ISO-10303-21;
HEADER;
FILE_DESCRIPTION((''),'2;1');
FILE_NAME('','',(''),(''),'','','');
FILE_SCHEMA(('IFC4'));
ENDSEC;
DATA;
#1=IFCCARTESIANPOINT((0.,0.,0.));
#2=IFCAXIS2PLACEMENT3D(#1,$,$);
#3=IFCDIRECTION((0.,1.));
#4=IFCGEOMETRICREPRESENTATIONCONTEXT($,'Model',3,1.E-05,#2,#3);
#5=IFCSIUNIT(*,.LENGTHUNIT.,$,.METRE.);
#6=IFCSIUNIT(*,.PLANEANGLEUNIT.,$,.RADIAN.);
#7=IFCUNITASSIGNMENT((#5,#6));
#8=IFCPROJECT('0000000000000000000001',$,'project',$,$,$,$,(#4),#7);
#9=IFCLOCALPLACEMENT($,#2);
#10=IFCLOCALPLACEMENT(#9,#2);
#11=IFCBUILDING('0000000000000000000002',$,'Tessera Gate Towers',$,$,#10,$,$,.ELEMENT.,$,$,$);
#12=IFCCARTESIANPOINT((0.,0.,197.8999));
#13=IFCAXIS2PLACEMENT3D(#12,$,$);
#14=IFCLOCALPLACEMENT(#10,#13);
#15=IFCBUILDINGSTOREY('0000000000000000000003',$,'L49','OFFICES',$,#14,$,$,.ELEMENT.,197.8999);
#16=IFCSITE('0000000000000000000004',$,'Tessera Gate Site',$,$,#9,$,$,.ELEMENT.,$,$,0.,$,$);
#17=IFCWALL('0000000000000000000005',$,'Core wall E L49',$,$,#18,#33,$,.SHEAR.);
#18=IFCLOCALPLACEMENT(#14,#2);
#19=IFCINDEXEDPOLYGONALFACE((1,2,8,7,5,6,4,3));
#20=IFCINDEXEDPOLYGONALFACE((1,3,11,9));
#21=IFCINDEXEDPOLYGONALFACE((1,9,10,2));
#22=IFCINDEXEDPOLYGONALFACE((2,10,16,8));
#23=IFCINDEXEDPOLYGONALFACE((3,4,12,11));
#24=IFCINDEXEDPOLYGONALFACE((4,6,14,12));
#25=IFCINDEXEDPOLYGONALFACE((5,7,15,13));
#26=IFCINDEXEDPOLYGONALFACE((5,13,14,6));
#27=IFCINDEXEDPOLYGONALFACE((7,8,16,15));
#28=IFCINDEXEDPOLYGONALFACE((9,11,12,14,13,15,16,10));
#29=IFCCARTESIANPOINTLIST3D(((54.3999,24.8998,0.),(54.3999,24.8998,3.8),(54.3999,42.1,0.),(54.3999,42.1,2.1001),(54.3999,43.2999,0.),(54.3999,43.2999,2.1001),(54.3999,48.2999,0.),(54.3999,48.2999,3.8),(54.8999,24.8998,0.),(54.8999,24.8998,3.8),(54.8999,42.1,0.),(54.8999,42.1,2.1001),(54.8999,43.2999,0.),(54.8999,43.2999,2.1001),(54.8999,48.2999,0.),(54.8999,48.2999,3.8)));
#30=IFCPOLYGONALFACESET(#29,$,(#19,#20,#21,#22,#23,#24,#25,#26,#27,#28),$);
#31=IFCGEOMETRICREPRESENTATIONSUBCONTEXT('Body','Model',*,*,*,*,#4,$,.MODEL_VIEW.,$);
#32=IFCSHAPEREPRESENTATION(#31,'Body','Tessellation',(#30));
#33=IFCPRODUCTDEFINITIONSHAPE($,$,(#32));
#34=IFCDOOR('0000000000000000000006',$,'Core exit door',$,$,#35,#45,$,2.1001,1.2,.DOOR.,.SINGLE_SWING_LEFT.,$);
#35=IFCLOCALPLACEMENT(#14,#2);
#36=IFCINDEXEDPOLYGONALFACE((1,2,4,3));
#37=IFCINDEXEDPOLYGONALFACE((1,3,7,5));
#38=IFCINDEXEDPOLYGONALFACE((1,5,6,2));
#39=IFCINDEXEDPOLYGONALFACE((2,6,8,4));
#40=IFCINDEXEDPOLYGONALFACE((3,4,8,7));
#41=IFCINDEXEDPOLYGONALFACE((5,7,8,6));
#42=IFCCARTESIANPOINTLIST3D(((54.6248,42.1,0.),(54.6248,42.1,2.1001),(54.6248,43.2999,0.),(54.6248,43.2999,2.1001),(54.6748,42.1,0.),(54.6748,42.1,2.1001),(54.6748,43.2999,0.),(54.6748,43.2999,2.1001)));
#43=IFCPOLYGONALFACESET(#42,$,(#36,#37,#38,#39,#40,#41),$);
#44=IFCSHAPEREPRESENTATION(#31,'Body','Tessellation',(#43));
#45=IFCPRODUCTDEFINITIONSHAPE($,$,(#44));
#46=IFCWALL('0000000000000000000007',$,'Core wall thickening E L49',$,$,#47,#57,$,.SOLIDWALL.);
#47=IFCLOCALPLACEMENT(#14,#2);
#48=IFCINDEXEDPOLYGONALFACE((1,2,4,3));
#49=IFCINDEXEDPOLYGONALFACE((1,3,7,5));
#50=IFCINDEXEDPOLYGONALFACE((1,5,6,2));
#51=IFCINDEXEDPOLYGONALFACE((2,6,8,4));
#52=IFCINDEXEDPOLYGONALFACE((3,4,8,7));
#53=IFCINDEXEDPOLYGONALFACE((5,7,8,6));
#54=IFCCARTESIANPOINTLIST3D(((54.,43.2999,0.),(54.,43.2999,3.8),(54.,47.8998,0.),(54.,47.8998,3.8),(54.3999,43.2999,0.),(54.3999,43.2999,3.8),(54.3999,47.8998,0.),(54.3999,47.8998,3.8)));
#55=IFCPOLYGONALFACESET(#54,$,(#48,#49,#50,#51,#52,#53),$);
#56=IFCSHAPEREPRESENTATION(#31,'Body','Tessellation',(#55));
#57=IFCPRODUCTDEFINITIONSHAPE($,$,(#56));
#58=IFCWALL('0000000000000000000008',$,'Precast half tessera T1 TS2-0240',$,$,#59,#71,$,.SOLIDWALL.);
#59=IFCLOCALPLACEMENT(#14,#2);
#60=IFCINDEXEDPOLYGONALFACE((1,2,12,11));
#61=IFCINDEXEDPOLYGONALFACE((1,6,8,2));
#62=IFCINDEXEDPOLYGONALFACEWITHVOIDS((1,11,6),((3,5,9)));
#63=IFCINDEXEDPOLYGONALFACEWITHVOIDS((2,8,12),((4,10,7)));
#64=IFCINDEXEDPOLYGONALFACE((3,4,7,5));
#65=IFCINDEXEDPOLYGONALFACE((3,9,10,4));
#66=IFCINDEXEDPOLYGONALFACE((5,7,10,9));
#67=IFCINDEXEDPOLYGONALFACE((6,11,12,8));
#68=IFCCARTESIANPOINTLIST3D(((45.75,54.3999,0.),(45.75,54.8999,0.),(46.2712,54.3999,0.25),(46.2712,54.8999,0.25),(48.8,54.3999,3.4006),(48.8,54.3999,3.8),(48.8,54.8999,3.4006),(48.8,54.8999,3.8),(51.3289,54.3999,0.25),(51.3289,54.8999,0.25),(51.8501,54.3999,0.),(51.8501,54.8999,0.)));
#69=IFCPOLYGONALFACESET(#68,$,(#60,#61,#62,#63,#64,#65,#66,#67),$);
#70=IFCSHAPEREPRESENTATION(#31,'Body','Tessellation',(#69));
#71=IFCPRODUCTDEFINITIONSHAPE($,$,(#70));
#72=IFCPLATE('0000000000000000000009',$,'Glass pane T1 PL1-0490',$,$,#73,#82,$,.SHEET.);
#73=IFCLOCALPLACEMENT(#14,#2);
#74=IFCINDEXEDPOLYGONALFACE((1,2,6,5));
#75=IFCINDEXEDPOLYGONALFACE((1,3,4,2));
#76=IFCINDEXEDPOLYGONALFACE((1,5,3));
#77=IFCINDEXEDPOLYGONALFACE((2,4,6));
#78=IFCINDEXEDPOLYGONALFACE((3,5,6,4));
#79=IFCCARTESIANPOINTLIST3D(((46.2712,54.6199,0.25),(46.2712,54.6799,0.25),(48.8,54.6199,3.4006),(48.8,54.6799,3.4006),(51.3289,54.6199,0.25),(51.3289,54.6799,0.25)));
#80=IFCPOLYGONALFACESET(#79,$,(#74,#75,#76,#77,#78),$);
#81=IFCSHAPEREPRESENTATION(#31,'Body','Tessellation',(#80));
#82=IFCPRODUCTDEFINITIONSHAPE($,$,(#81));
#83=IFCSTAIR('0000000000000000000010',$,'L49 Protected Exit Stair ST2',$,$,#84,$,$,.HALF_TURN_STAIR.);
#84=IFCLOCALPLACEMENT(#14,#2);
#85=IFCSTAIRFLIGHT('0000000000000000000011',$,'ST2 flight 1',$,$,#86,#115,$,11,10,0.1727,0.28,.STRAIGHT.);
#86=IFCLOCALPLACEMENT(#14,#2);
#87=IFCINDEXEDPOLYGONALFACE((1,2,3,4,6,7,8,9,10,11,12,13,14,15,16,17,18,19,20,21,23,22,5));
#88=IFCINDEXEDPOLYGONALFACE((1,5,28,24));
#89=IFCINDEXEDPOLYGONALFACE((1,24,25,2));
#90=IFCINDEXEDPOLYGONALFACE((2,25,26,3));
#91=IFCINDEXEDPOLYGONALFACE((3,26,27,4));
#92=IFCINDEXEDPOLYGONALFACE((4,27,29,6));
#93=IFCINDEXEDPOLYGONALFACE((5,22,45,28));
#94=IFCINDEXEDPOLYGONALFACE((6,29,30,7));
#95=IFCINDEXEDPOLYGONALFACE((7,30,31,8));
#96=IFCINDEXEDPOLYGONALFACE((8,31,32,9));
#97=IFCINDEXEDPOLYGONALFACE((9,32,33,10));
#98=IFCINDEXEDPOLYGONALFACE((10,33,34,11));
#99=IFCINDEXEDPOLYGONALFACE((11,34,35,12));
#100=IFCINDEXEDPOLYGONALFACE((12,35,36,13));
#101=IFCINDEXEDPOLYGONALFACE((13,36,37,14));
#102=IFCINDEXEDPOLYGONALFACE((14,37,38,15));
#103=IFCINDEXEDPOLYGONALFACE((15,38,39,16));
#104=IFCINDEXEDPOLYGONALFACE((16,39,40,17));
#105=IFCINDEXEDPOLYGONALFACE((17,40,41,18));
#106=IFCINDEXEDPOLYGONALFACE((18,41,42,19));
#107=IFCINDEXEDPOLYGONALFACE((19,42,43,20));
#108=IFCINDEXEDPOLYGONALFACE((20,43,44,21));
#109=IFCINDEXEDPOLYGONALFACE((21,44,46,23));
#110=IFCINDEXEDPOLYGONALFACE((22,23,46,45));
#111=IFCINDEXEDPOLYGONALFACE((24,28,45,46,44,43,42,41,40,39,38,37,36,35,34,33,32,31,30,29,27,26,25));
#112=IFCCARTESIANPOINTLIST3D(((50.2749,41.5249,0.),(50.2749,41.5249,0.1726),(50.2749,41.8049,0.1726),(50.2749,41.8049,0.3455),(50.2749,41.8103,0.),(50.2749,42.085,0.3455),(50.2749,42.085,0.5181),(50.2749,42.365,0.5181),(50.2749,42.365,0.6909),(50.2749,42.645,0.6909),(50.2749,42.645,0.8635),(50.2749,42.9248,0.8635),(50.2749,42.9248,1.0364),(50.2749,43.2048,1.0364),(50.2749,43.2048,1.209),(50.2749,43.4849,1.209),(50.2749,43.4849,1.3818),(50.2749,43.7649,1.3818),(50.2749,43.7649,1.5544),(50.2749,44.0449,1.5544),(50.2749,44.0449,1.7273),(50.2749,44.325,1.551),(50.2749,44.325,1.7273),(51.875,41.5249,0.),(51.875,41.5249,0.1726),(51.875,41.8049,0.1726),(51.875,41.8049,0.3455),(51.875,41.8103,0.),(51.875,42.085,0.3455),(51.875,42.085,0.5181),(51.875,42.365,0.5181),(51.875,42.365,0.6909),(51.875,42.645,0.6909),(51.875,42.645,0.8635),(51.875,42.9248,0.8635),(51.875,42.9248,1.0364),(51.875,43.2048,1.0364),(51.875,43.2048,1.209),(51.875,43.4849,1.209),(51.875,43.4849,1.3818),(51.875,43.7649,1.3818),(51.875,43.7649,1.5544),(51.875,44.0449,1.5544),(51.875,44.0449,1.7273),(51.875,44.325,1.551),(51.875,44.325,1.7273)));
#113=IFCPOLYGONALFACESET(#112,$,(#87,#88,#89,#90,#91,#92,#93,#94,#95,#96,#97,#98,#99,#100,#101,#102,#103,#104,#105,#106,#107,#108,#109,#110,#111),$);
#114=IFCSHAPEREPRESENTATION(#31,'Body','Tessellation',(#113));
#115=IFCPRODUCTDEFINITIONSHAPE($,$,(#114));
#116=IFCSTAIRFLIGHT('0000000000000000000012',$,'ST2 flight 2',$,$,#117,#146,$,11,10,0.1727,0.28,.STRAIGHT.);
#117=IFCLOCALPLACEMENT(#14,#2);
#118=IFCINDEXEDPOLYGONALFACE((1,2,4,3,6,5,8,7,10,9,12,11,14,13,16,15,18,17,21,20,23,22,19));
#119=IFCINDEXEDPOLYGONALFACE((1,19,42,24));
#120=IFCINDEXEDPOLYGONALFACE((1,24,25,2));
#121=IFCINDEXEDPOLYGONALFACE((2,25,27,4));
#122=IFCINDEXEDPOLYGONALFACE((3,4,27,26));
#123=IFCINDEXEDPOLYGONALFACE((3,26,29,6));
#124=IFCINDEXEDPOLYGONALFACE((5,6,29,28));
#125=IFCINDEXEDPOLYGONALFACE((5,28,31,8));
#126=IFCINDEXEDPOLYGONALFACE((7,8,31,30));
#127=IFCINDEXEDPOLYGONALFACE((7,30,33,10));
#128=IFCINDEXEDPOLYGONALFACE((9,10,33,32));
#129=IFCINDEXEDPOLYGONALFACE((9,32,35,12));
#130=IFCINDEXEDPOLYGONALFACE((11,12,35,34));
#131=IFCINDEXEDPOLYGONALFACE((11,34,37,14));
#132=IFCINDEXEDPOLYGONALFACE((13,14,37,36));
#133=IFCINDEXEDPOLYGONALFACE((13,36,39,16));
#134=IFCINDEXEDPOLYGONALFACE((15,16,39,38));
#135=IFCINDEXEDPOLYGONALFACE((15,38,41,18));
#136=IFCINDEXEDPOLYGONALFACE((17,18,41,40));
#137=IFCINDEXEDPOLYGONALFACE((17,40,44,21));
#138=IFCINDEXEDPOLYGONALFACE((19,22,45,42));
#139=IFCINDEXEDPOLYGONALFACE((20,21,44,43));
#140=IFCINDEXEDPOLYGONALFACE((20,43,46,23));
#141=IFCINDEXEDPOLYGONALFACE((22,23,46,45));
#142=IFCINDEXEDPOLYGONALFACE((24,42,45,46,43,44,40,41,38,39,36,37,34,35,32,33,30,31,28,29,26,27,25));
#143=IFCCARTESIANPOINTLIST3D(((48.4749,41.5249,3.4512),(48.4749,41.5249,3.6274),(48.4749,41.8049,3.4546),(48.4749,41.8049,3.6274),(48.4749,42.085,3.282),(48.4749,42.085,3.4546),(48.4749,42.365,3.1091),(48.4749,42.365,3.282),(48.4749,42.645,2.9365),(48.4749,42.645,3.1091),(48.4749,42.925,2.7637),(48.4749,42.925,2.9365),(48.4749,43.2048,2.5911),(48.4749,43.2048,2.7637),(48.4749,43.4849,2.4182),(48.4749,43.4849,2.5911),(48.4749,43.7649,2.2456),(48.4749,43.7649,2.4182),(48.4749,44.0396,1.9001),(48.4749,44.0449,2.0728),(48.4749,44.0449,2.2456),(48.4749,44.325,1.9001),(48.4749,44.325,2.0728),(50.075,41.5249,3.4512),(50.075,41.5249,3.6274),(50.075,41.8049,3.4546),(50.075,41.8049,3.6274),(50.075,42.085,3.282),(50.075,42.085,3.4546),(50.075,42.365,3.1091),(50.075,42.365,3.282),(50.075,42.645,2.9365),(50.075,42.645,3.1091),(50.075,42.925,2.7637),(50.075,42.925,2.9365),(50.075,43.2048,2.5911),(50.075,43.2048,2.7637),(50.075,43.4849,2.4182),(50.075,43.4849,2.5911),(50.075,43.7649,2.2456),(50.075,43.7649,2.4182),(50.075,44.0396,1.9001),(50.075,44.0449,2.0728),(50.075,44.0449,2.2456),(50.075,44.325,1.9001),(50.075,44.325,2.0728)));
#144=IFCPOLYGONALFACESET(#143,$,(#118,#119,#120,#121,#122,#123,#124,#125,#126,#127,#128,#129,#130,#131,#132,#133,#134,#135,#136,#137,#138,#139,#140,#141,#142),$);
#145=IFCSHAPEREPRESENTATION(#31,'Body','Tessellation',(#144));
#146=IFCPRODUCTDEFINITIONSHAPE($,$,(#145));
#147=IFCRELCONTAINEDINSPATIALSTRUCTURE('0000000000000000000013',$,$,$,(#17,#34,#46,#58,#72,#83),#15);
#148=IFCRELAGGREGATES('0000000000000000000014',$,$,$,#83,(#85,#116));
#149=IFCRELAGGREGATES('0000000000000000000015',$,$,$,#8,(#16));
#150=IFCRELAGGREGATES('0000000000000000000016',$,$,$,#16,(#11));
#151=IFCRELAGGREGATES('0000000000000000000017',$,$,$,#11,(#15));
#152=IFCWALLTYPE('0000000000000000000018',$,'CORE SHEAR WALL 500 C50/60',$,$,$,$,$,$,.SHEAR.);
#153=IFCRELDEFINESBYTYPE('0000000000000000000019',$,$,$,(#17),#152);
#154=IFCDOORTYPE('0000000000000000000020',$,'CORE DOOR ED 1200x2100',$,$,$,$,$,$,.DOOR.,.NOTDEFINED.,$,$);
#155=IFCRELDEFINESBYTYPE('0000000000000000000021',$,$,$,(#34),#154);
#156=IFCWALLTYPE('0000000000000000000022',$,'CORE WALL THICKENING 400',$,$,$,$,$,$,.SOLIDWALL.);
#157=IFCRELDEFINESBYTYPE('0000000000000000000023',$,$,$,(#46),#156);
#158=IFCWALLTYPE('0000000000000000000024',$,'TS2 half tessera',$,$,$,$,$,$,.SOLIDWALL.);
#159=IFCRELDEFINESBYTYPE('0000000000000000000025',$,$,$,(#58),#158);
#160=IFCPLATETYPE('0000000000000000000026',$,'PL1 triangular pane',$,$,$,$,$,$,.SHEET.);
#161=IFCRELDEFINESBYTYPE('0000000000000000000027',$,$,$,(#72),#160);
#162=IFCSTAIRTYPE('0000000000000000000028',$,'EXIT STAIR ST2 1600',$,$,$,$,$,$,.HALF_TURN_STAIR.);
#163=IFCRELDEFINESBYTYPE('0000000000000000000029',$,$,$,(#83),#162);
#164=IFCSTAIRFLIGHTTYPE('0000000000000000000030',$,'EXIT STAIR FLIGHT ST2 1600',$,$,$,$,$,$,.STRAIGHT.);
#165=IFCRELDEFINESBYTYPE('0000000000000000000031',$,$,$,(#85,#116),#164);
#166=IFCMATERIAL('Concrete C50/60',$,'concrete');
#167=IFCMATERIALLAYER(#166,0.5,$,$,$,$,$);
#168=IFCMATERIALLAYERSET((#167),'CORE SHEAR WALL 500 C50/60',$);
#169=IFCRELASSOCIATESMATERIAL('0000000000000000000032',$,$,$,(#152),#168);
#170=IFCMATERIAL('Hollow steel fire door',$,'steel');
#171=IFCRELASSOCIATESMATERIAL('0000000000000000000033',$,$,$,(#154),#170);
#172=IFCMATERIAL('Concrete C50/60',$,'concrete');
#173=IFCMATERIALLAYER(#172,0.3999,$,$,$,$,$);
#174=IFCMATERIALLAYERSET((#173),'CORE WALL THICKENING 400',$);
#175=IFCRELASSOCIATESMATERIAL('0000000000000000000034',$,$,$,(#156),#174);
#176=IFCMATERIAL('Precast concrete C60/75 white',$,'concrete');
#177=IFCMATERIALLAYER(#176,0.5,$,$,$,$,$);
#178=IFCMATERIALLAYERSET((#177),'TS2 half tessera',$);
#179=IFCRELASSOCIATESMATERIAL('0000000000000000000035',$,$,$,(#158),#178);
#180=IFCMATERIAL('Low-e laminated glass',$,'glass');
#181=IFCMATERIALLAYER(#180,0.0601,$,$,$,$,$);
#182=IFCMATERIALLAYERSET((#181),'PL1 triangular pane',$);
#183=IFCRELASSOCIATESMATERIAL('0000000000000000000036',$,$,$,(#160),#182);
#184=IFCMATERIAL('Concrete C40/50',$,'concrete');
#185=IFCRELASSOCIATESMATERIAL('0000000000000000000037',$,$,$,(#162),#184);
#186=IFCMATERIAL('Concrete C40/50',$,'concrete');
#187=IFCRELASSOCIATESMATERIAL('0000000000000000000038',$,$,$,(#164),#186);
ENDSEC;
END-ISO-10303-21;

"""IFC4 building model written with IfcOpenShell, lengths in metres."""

from ifc_helpers import new_model, si_unit, direction, frame, frame_2d, origin, place, context, subcontext, project, spatial, polyline, rectangle, outline, extrude, source, transform, mapped, material, layer, layer_set, type_object, element, fill, aggregate, save


model = new_model("IFC4")

# Units and contexts
model_context = context("Model", 3, precision=1e-05, world=origin(), true_north=direction((0.0, 1.0)))
body_context = subcontext(model_context, "Body", "Model", "MODEL_VIEW")
ifc_project = project(units=[si_unit("LENGTHUNIT", "METRE"), si_unit("PLANEANGLEUNIT", "RADIAN")], contexts=[model_context])

# Site, building, storey
site_placement = place(None, origin())
site = spatial("IfcSite", under=ifc_project, at=site_placement, Name="Tessera Gate Site", CompositionType="ELEMENT", RefElevation=0.0)
building_placement = place(site_placement, origin())
building = spatial("IfcBuilding", under=site, at=building_placement, Name="Tessera Gate Towers", CompositionType="ELEMENT")
storey_placement = place(building_placement, frame((0.0, 0.0, 197.8999)))
storey = spatial("IfcBuildingStorey", under=building, at=storey_placement, Name="L49", Description="OFFICES", CompositionType="ELEMENT", Elevation=197.8999)

# Shared definitions
shared_shape_1 = source(origin(), body_context, "Body", "SweptSolid", [
    extrude(rectangle(XDim=1.2, YDim=2.1001, at=frame_2d((0.6001, 1.05))), frame((0.0, 0.0249, 0.0), z_axis=(0.0, -1.0, 0.0), x_axis=(1.0, 0.0, 0.0)), (0.0, 0.0, 1.0), 0.05),
])

# Wall, opening, door
ifc_material_1 = material(Name="Concrete C50/60", Category="concrete")
ifc_layer_1 = layer(ifc_material_1, 0.5)
ifc_layer_set_1 = layer_set([ifc_layer_1], Name="CORE SHEAR WALL 500 C50/60")
wall_type_1 = type_object("IfcWallType", Name="CORE SHEAR WALL 500 C50/60", PredefinedType="SHEAR", material=ifc_layer_set_1)
wall_1_placement = place(storey_placement, frame((54.6499, 48.3, 0.0), z_axis=(0.0, 0.0, 1.0), x_axis=(0.0, -1.0, 0.0)))
wall_1 = element("IfcWall", 1, at=wall_1_placement, inside=storey, type_object=wall_type_1, Name="Core wall E L49", PredefinedType="SHEAR", context=body_context, shape_type="SweptSolid", body=[
    extrude(rectangle(XDim=23.4001, YDim=0.5, at=frame_2d((11.7002, 0.0))), origin(), (0.0, 0.0, 1.0), 3.8),
])
shared_shape_2 = source(origin(), body_context, "Body", "SweptSolid", [
    extrude(rectangle(XDim=1.2, YDim=2.1001, at=frame_2d((0.6001, 1.05))), frame((0.0, 0.26, 0.0), z_axis=(0.0, -1.0, 0.0), x_axis=(1.0, 0.0, 0.0)), (0.0, 0.0, 1.0), 0.52),
])
opening_1_placement = place(wall_1_placement, frame((5.0, 0.0, 0.0)))
opening_1 = element("IfcOpeningElement", 2, at=opening_1_placement, cuts=wall_1, PredefinedType="OPENING", context=body_context, shape_type="MappedRepresentation", body=[
    mapped(shared_shape_2, transform((0.0, 0.0, 0.0), scale=1.0)),
])
ifc_material_2 = material(Name="Hollow steel fire door", Category="steel")
door_type_1 = type_object("IfcDoorType", Name="CORE DOOR ED 1200x2100", OperationType="NOTDEFINED", PredefinedType="DOOR", material=ifc_material_2)
door_1_placement = place(opening_1_placement, origin())
door_1 = element("IfcDoor", 3, at=door_1_placement, inside=storey, type_object=door_type_1, Name="Core exit door", OperationType="SINGLE_SWING_LEFT", OverallHeight=2.1001, OverallWidth=1.2, PredefinedType="DOOR", context=body_context, shape_type="MappedRepresentation", body=[
    mapped(shared_shape_1, transform((0.0, 0.0, 0.0), scale=1.0)),
])
fill(opening_1, door_1)

# Wall
ifc_material_3 = material(Name="Concrete C50/60", Category="concrete")
ifc_layer_2 = layer(ifc_material_3, 0.3999)
ifc_layer_set_2 = layer_set([ifc_layer_2], Name="CORE WALL THICKENING 400")
wall_type_2 = type_object("IfcWallType", Name="CORE WALL THICKENING 400", PredefinedType="SOLIDWALL", material=ifc_layer_set_2)
wall_2_placement = place(storey_placement, frame((54.2, 43.3, 0.0), z_axis=(0.0, 0.0, 1.0), x_axis=(0.0, 1.0, 0.0)))
element("IfcWall", 4, at=wall_2_placement, inside=storey, type_object=wall_type_2, Name="Core wall thickening E L49", PredefinedType="SOLIDWALL", context=body_context, shape_type="SweptSolid", body=[
    extrude(rectangle(XDim=4.5999, YDim=0.3999, at=frame_2d((2.2998, 0.0))), origin(), (0.0, 0.0, 1.0), 3.8),
])

# Wall, opening, plate
ifc_material_4 = material(Name="Precast concrete C60/75 white", Category="concrete")
ifc_layer_3 = layer(ifc_material_4, 0.5)
ifc_layer_set_3 = layer_set([ifc_layer_3], Name="TS2 half tessera")
wall_type_3 = type_object("IfcWallType", Name="TS2 half tessera", PredefinedType="SOLIDWALL", material=ifc_layer_set_3)
shared_shape_3 = source(origin(), body_context, "Body", "SweptSolid", [
    extrude(outline(polyline([(6.1001, 0.0), (3.05, 3.8), (0.0, 0.0), (6.1001, 0.0)])), frame((0.0, 0.25, 0.0), z_axis=(0.0, -1.0, 0.0), x_axis=(1.0, 0.0, 0.0)), (0.0, 0.0, 1.0), 0.5),
])
wall_3_placement = place(storey_placement, frame((51.8501, 54.6499, 0.0), z_axis=(0.0, 0.0, 1.0), x_axis=(-1.0, 0.0, 0.0)))
wall_3 = element("IfcWall", 5, at=wall_3_placement, inside=storey, type_object=wall_type_3, Name="Precast half tessera T1 TS2-0240", PredefinedType="SOLIDWALL", context=body_context, shape_type="MappedRepresentation", body=[
    mapped(shared_shape_3, transform((0.0, 0.0, 0.0), scale=1.0)),
])
shared_shape_4 = source(origin(), body_context, "Body", "SweptSolid", [
    extrude(outline(polyline([(5.5789, 0.25), (3.05, 3.4006), (0.5212, 0.25), (5.5789, 0.25)])), frame((0.0, 0.26, 0.0), z_axis=(0.0, -1.0, 0.0), x_axis=(1.0, 0.0, 0.0)), (0.0, 0.0, 1.0), 0.52),
])
opening_2_placement = place(wall_3_placement, origin())
opening_2 = element("IfcOpeningElement", 6, at=opening_2_placement, cuts=wall_3, PredefinedType="OPENING", context=body_context, shape_type="MappedRepresentation", body=[
    mapped(shared_shape_4, transform((0.0, 0.0, 0.0), scale=1.0)),
])
ifc_material_5 = material(Name="Low-e laminated glass", Category="glass")
ifc_layer_4 = layer(ifc_material_5, 0.0601)
ifc_layer_set_4 = layer_set([ifc_layer_4], Name="PL1 triangular pane")
plate_type = type_object("IfcPlateType", Name="PL1 triangular pane", PredefinedType="SHEET", material=ifc_layer_set_4)
shared_shape_5 = source(origin(), body_context, "Body", "SweptSolid", [
    extrude(outline(polyline([(5.5789, 0.25), (3.05, 3.4006), (0.5212, 0.25), (5.5789, 0.25)])), frame((0.0, 0.03, 0.0), z_axis=(0.0, -1.0, 0.0), x_axis=(1.0, 0.0, 0.0)), (0.0, 0.0, 1.0), 0.0601),
])
plate_placement = place(opening_2_placement, origin())
plate = element("IfcPlate", 7, at=plate_placement, inside=storey, type_object=plate_type, Name="Glass pane T1 PL1-0490", PredefinedType="SHEET", context=body_context, shape_type="MappedRepresentation", body=[
    mapped(shared_shape_5, transform((0.0, 0.0, 0.0), scale=1.0)),
])
fill(opening_2, plate)

# Stair, stair flights
ifc_material_6 = material(Name="Concrete C40/50", Category="concrete")
stair_type = type_object("IfcStairType", Name="EXIT STAIR ST2 1600", PredefinedType="HALF_TURN_STAIR", material=ifc_material_6)
stair_placement = place(storey_placement, origin())
stair = element("IfcStair", 8, at=stair_placement, inside=storey, type_object=stair_type, Name="L49 Protected Exit Stair ST2", PredefinedType="HALF_TURN_STAIR")
ifc_material_7 = material(Name="Concrete C40/50", Category="concrete")
stair_flight_type = type_object("IfcStairFlightType", Name="EXIT STAIR FLIGHT ST2 1600", PredefinedType="STRAIGHT", material=ifc_material_7)
stair_flight_1_placement = place(storey_placement, frame((51.075, 41.5249, 0.0), z_axis=(0.0, 0.0, 1.0), x_axis=(0.0, 1.0, 0.0)))
stair_flight_1 = element("IfcStairFlight", 9, at=stair_flight_1_placement, type_object=stair_flight_type, Name="ST2 flight 1", NumberOfRisers=11, NumberOfTreads=10, PredefinedType="STRAIGHT", RiserHeight=0.1727, TreadLength=0.28, context=body_context, shape_type="SweptSolid", body=[
    extrude(outline(polyline([(0.0, 0.0), (0.0, 0.1726), (0.28, 0.1726), (0.28, 0.3455), (0.5601, 0.3455), (0.5601, 0.5181), (0.8401, 0.5181), (0.8401, 0.6909), (1.1201, 0.6909), (1.1201, 0.8635), (1.3999, 0.8635), (1.3999, 1.0364), (1.6799, 1.0364), (1.6799, 1.209), (1.96, 1.209), (1.96, 1.3818), (2.24, 1.3818), (2.24, 1.5544), (2.52, 1.5544), (2.52, 1.7273), (2.8, 1.7273), (2.8, 1.8999), (2.8, 1.551), (0.2854, 0.0), (0.0, 0.0)])), frame((0.0, 0.8, 0.0), z_axis=(0.0, -1.0, 0.0), x_axis=(1.0, 0.0, 0.0)), (0.0, 0.0, 1.0), 1.6001),
])
stair_flight_2_placement = place(storey_placement, frame((49.2749, 44.325, 1.9001), z_axis=(0.0, 0.0, 1.0), x_axis=(0.0, -1.0, 0.0)))
stair_flight_2 = element("IfcStairFlight", 10, at=stair_flight_2_placement, type_object=stair_flight_type, Name="ST2 flight 2", NumberOfRisers=11, NumberOfTreads=10, PredefinedType="STRAIGHT", RiserHeight=0.1727, TreadLength=0.28, context=body_context, shape_type="SweptSolid", body=[
    extrude(outline(polyline([(0.0, 0.0), (0.0, 0.1726), (0.28, 0.1726), (0.28, 0.3455), (0.5601, 0.3455), (0.5601, 0.5181), (0.8401, 0.5181), (0.8401, 0.6909), (1.1201, 0.6909), (1.1201, 0.8635), (1.3999, 0.8635), (1.3999, 1.0364), (1.6799, 1.0364), (1.6799, 1.209), (1.96, 1.209), (1.96, 1.3818), (2.24, 1.3818), (2.24, 1.5544), (2.52, 1.5544), (2.52, 1.7273), (2.8, 1.7273), (2.8, 1.8999), (2.8, 1.551), (0.2854, 0.0), (0.0, 0.0)])), frame((0.0, 0.8, 0.0), z_axis=(0.0, -1.0, 0.0), x_axis=(1.0, 0.0, 0.0)), (0.0, 0.0, 1.0), 1.6001),
])
aggregate(stair, [stair_flight_1, stair_flight_2])

save(model, "model.ifc")
